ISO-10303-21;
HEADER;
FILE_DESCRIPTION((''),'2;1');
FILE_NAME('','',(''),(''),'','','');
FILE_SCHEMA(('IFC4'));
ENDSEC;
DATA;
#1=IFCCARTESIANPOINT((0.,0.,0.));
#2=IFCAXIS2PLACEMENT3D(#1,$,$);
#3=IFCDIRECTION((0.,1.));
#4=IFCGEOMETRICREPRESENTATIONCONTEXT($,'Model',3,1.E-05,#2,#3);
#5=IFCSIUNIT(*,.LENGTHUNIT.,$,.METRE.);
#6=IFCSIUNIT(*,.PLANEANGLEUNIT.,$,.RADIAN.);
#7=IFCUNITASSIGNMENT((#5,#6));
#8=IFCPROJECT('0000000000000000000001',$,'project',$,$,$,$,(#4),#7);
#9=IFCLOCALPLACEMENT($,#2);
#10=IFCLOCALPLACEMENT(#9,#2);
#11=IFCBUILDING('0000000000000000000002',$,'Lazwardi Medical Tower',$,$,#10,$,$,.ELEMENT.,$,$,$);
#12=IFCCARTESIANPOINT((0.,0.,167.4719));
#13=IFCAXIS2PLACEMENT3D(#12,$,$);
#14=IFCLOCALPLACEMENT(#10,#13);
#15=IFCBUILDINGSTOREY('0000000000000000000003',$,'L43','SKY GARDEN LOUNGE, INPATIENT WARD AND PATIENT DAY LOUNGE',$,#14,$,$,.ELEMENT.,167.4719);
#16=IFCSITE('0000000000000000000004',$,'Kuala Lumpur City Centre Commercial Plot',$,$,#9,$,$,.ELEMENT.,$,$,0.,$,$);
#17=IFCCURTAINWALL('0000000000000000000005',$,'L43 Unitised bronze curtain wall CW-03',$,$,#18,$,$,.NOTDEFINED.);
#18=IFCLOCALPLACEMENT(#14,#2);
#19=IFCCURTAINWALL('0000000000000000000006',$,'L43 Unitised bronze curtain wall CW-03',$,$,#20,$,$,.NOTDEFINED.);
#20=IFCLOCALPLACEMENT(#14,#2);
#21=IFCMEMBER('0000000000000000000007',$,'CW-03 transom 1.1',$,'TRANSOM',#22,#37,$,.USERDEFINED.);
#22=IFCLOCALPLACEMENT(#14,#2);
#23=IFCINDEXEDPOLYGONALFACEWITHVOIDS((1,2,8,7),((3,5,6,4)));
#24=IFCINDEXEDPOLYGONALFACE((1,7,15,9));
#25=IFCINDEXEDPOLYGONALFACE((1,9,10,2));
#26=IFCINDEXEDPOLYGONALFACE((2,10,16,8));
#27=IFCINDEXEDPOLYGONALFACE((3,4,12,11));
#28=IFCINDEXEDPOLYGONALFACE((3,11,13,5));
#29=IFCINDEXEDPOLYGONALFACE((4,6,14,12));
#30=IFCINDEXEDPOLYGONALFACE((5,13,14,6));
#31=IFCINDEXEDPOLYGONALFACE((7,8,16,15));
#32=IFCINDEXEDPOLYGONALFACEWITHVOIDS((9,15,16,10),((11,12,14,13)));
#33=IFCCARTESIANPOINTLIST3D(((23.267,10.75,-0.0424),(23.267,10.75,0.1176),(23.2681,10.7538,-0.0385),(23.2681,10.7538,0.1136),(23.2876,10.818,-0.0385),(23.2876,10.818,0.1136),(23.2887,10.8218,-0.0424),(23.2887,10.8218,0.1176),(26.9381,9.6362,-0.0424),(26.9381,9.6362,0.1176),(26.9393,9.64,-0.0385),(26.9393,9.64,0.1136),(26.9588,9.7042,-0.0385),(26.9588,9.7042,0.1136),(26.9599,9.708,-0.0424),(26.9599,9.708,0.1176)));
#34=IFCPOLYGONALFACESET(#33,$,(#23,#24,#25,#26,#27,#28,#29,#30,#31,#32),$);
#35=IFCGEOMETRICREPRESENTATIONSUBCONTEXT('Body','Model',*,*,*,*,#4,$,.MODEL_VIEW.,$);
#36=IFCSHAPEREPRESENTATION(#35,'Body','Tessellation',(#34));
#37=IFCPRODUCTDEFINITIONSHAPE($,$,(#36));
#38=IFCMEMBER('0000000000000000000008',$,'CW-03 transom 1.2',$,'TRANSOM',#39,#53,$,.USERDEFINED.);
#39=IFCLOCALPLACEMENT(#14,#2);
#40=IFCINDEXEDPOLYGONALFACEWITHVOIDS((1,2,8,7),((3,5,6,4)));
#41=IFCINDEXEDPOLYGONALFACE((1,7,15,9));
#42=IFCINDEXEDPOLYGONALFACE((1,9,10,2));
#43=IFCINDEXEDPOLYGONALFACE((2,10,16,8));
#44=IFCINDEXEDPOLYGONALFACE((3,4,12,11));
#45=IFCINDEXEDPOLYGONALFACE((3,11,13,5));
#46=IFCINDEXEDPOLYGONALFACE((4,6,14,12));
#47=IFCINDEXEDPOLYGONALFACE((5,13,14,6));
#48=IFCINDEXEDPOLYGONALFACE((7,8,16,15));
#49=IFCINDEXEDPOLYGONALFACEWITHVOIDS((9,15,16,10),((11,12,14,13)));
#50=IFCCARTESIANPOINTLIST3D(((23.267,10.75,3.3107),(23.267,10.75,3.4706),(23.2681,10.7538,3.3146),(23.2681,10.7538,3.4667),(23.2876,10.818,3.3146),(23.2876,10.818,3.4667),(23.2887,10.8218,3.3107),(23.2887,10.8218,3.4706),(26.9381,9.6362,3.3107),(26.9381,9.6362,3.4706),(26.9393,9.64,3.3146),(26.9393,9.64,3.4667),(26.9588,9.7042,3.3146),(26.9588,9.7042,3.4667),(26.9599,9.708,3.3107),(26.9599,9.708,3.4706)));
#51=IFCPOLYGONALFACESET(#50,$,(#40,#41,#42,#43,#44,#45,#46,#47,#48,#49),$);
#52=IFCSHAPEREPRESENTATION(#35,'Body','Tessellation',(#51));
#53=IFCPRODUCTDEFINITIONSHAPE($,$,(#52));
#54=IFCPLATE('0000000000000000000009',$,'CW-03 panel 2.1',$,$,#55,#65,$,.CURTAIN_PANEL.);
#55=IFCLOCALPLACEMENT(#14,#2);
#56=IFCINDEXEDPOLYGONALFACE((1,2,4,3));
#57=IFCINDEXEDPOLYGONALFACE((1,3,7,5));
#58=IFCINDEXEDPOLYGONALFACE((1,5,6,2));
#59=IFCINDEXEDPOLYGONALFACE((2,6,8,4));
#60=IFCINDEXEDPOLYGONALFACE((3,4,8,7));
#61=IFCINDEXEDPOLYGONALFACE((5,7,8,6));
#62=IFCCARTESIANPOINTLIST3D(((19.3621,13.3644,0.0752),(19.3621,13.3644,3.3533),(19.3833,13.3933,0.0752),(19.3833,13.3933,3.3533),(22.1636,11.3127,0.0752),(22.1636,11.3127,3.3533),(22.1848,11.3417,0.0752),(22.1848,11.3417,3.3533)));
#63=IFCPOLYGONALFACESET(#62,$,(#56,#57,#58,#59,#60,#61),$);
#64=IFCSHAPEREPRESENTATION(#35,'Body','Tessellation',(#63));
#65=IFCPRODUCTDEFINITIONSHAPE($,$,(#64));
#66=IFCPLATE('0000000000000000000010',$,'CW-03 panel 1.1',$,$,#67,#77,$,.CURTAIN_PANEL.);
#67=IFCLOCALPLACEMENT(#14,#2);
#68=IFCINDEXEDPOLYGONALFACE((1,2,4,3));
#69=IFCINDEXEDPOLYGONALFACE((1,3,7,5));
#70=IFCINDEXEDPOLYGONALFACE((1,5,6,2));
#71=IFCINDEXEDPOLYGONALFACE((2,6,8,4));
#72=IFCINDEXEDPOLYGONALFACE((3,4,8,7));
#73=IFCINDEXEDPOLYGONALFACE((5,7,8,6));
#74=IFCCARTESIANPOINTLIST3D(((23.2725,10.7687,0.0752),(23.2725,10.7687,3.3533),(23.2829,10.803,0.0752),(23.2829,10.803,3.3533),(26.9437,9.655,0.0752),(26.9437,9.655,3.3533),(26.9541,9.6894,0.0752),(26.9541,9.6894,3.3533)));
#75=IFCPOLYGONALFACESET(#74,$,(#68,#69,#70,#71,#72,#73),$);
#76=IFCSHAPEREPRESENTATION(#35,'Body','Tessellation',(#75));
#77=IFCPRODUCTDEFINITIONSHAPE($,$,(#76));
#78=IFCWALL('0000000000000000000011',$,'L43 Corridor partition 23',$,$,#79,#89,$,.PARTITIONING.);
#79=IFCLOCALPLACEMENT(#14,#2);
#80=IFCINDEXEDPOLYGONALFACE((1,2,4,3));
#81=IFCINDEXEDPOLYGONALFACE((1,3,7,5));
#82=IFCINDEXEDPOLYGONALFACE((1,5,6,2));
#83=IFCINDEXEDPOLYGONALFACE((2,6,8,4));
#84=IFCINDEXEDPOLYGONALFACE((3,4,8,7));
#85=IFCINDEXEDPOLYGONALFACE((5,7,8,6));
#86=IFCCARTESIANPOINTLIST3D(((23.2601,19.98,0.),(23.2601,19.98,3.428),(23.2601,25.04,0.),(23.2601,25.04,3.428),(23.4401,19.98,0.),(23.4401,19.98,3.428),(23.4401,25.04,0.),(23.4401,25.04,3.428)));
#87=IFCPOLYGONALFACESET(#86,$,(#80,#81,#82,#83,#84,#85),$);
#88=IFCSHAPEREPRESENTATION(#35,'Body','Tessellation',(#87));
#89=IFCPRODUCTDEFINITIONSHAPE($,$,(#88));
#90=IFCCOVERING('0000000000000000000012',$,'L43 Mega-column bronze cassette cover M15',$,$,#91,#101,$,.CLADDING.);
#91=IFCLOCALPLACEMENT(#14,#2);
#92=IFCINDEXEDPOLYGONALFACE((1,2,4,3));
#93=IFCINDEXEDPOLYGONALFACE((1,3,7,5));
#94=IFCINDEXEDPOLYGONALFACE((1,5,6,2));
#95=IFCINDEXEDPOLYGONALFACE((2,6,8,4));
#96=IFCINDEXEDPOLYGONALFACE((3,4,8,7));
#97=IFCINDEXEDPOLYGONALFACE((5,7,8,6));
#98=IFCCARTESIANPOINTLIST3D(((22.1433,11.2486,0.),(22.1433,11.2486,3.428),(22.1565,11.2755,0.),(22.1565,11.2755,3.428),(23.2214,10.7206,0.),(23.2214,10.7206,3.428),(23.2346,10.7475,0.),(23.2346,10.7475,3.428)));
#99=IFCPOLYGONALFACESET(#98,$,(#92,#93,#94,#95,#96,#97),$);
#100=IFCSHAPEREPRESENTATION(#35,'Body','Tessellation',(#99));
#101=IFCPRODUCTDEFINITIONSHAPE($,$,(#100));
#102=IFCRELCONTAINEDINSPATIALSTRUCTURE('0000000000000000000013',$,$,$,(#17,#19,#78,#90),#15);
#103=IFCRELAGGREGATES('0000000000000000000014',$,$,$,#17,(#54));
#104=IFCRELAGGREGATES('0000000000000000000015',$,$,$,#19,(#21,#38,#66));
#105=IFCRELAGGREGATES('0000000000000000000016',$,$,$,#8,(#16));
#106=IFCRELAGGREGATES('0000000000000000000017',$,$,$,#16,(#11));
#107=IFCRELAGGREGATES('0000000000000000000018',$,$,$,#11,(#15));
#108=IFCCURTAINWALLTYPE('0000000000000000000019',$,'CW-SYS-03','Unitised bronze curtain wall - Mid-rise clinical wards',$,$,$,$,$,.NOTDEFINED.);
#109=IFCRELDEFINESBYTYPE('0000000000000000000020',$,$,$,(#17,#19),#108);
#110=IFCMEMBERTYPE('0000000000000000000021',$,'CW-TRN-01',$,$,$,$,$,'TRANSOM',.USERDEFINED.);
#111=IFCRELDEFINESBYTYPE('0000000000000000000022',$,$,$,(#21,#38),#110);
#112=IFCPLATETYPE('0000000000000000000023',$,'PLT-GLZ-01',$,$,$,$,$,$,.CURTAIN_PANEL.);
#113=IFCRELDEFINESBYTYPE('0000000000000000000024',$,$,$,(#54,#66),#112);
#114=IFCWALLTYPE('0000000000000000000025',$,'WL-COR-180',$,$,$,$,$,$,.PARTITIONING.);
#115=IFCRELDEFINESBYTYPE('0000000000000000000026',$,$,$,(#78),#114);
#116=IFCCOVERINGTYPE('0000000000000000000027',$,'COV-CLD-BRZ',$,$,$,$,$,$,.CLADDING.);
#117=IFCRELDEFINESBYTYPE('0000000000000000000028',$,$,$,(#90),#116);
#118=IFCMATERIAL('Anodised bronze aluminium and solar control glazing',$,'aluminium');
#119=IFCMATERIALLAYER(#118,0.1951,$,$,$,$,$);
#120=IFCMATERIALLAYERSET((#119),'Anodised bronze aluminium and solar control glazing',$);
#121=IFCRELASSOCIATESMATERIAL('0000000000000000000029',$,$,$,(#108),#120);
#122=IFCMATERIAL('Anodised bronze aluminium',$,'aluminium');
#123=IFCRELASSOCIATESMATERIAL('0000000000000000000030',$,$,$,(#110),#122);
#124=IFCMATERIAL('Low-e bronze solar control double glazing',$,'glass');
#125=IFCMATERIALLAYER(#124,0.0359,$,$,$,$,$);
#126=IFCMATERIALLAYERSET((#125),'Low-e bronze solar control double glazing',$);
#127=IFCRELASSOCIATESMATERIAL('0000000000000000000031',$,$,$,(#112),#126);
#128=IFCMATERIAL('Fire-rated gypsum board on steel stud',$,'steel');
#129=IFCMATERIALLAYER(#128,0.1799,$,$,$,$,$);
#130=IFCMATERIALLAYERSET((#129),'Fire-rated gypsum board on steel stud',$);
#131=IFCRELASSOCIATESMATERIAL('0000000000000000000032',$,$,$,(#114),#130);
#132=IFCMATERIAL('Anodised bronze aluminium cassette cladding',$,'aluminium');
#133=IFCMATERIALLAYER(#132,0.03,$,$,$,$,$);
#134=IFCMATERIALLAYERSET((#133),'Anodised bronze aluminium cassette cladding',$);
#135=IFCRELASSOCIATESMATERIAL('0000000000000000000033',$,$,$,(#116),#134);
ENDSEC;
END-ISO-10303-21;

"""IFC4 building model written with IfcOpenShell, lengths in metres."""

from ifc_helpers import new_model, si_unit, direction, frame, frame_2d, origin, origin_2d, place, context, subcontext, project, spatial, rectangle, hollow_rectangle, extrude, material, layer, layer_set, material_profile, profile_set, type_object, element, aggregate, save


model = new_model("IFC4")

# Units and contexts
model_context = context("Model", 3, precision=1e-05, world=origin(), true_north=direction((0.0, 1.0)))
body_context = subcontext(model_context, "Body", "Model", "MODEL_VIEW")
ifc_project = project(units=[si_unit("LENGTHUNIT", "METRE"), si_unit("PLANEANGLEUNIT", "RADIAN")], contexts=[model_context])

# Site, building, storey
site_placement = place(None, origin())
site = spatial("IfcSite", under=ifc_project, at=site_placement, Name="Kuala Lumpur City Centre Commercial Plot", CompositionType="ELEMENT", RefElevation=0.0)
building_placement = place(site_placement, origin())
building = spatial("IfcBuilding", under=site, at=building_placement, Name="Lazwardi Medical Tower", CompositionType="ELEMENT")
storey_placement = place(building_placement, frame((0.0, 0.0, 167.4719)))
storey = spatial("IfcBuildingStorey", under=building, at=storey_placement, Name="L43", Description="SKY GARDEN LOUNGE, INPATIENT WARD AND PATIENT DAY LOUNGE", CompositionType="ELEMENT", Elevation=167.4719)

# Curtain wall
ifc_material_1 = material(Name="Anodised bronze aluminium and solar control glazing", Category="aluminium")
ifc_layer_1 = layer(ifc_material_1, 0.1951)
ifc_layer_set_1 = layer_set([ifc_layer_1], Name="Anodised bronze aluminium and solar control glazing")
curtain_wall_type = type_object("IfcCurtainWallType", Name="CW-SYS-03", Description="Unitised bronze curtain wall - Mid-rise clinical wards", PredefinedType="NOTDEFINED", material=ifc_layer_set_1)
curtain_wall_1_placement = place(storey_placement, origin())
curtain_wall_1 = element("IfcCurtainWall", 1, at=curtain_wall_1_placement, inside=storey, type_object=curtain_wall_type, Name="L43 Unitised bronze curtain wall CW-03", PredefinedType="NOTDEFINED")
ifc_material_2 = material(Name="Anodised bronze aluminium", Category="aluminium")

# Curtain wall
curtain_wall_2_placement = place(storey_placement, origin())
curtain_wall_2 = element("IfcCurtainWall", 2, at=curtain_wall_2_placement, inside=storey, type_object=curtain_wall_type, Name="L43 Unitised bronze curtain wall CW-03", PredefinedType="NOTDEFINED")

# Members
ifc_material_profile_1 = material_profile(ifc_material_2, hollow_rectangle(XDim=0.075, YDim=0.1599, WallThickness=0.0039, at=origin_2d()), Name="ALU-TRANSOM 160x75x4")
ifc_profile_set_1 = profile_set([ifc_material_profile_1], Name="Anodised bronze aluminium")
member_type_1 = type_object("IfcMemberType", Name="CW-TRN-01", ElementType="TRANSOM", PredefinedType="USERDEFINED", material=ifc_profile_set_1)
member_1_placement = place(storey_placement, frame((23.2778, 10.7859, 0.0376), z_axis=(0.95693, -0.290318, 0.0), x_axis=(0.290318, 0.95693, 0.0)))
member_1 = element("IfcMember", 3, at=member_1_placement, type_object=member_type_1, Name="CW-03 transom 1.1", ObjectType="TRANSOM", PredefinedType="USERDEFINED", context=body_context, shape_type="SweptSolid", body=[
    extrude(hollow_rectangle(XDim=0.075, YDim=0.1599, WallThickness=0.0039, at=origin_2d()), origin(), (0.0, 0.0, 1.0), 3.8364),
])
member_2_placement = place(storey_placement, frame((23.2778, 10.7859, 3.3906), z_axis=(0.95693, -0.290318, 0.0), x_axis=(0.290318, 0.95693, 0.0)))
member_2 = element("IfcMember", 4, at=member_2_placement, type_object=member_type_1, Name="CW-03 transom 1.2", ObjectType="TRANSOM", PredefinedType="USERDEFINED", context=body_context, shape_type="SweptSolid", body=[
    extrude(hollow_rectangle(XDim=0.075, YDim=0.1599, WallThickness=0.0039, at=origin_2d()), origin(), (0.0, 0.0, 1.0), 3.8364),
])

# Plates
ifc_material_3 = material(Name="Low-e bronze solar control double glazing", Category="glass")
ifc_layer_2 = layer(ifc_material_3, 0.0359)
ifc_layer_set_2 = layer_set([ifc_layer_2], Name="Low-e bronze solar control double glazing")
plate_type = type_object("IfcPlateType", Name="PLT-GLZ-01", PredefinedType="CURTAIN_PANEL", material=ifc_layer_set_2)
plate_1_placement = place(storey_placement, frame((20.7734, 12.353, 0.0752), z_axis=(0.0, 0.0, 1.0), x_axis=(0.806793, -0.590834, 0.0)))
plate_1 = element("IfcPlate", 5, at=plate_1_placement, type_object=plate_type, Name="CW-03 panel 2.1", PredefinedType="CURTAIN_PANEL", context=body_context, shape_type="SweptSolid", body=[
    extrude(rectangle(XDim=3.4724, YDim=0.0359, at=origin_2d()), origin(), (0.0, 0.0, 1.0), 3.2781),
])
aggregate(curtain_wall_1, [plate_1])
plate_2_placement = place(storey_placement, frame((25.1133, 10.229, 0.0752), z_axis=(0.0, 0.0, 1.0), x_axis=(0.956942, -0.290281, 0.0)))
plate_2 = element("IfcPlate", 6, at=plate_2_placement, type_object=plate_type, Name="CW-03 panel 1.1", PredefinedType="CURTAIN_PANEL", context=body_context, shape_type="SweptSolid", body=[
    extrude(rectangle(XDim=3.8364, YDim=0.0359, at=origin_2d()), origin(), (0.0, 0.0, 1.0), 3.2781),
])
aggregate(curtain_wall_2, [member_1, member_2, plate_2])

# Wall
ifc_material_4 = material(Name="Fire-rated gypsum board on steel stud", Category="steel")
ifc_layer_3 = layer(ifc_material_4, 0.1799)
ifc_layer_set_3 = layer_set([ifc_layer_3], Name="Fire-rated gypsum board on steel stud")
wall_type = type_object("IfcWallType", Name="WL-COR-180", PredefinedType="PARTITIONING", material=ifc_layer_set_3)
wall_placement = place(storey_placement, frame((23.3501, 19.98, 0.0), z_axis=(0.0, 0.0, 1.0), x_axis=(0.0, 1.0, 0.0)))
element("IfcWall", 7, at=wall_placement, inside=storey, type_object=wall_type, Name="L43 Corridor partition 23", PredefinedType="PARTITIONING", context=body_context, shape_type="SweptSolid", body=[
    extrude(rectangle(XDim=5.0601, YDim=0.1799, at=frame_2d((2.53, 0.0))), origin(), (0.0, 0.0, 1.0), 3.428),
])

# Covering
ifc_material_5 = material(Name="Anodised bronze aluminium cassette cladding", Category="aluminium")
ifc_layer_4 = layer(ifc_material_5, 0.03)
ifc_layer_set_4 = layer_set([ifc_layer_4], Name="Anodised bronze aluminium cassette cladding")
covering_type = type_object("IfcCoveringType", Name="COV-CLD-BRZ", PredefinedType="CLADDING", material=ifc_layer_set_4)
covering_placement = place(storey_placement, frame((22.689, 10.998, 0.0), z_axis=(0.0, 0.0, 1.0), x_axis=(0.898079, -0.439834, 0.0)))
element("IfcCovering", 8, at=covering_placement, inside=storey, type_object=covering_type, Name="L43 Mega-column bronze cassette cover M15", PredefinedType="CLADDING", context=body_context, shape_type="SweptSolid", body=[
    extrude(rectangle(XDim=1.2004, YDim=0.03, at=origin_2d()), origin(), (0.0, 0.0, 1.0), 3.428),
])

save(model, "model.ifc")
